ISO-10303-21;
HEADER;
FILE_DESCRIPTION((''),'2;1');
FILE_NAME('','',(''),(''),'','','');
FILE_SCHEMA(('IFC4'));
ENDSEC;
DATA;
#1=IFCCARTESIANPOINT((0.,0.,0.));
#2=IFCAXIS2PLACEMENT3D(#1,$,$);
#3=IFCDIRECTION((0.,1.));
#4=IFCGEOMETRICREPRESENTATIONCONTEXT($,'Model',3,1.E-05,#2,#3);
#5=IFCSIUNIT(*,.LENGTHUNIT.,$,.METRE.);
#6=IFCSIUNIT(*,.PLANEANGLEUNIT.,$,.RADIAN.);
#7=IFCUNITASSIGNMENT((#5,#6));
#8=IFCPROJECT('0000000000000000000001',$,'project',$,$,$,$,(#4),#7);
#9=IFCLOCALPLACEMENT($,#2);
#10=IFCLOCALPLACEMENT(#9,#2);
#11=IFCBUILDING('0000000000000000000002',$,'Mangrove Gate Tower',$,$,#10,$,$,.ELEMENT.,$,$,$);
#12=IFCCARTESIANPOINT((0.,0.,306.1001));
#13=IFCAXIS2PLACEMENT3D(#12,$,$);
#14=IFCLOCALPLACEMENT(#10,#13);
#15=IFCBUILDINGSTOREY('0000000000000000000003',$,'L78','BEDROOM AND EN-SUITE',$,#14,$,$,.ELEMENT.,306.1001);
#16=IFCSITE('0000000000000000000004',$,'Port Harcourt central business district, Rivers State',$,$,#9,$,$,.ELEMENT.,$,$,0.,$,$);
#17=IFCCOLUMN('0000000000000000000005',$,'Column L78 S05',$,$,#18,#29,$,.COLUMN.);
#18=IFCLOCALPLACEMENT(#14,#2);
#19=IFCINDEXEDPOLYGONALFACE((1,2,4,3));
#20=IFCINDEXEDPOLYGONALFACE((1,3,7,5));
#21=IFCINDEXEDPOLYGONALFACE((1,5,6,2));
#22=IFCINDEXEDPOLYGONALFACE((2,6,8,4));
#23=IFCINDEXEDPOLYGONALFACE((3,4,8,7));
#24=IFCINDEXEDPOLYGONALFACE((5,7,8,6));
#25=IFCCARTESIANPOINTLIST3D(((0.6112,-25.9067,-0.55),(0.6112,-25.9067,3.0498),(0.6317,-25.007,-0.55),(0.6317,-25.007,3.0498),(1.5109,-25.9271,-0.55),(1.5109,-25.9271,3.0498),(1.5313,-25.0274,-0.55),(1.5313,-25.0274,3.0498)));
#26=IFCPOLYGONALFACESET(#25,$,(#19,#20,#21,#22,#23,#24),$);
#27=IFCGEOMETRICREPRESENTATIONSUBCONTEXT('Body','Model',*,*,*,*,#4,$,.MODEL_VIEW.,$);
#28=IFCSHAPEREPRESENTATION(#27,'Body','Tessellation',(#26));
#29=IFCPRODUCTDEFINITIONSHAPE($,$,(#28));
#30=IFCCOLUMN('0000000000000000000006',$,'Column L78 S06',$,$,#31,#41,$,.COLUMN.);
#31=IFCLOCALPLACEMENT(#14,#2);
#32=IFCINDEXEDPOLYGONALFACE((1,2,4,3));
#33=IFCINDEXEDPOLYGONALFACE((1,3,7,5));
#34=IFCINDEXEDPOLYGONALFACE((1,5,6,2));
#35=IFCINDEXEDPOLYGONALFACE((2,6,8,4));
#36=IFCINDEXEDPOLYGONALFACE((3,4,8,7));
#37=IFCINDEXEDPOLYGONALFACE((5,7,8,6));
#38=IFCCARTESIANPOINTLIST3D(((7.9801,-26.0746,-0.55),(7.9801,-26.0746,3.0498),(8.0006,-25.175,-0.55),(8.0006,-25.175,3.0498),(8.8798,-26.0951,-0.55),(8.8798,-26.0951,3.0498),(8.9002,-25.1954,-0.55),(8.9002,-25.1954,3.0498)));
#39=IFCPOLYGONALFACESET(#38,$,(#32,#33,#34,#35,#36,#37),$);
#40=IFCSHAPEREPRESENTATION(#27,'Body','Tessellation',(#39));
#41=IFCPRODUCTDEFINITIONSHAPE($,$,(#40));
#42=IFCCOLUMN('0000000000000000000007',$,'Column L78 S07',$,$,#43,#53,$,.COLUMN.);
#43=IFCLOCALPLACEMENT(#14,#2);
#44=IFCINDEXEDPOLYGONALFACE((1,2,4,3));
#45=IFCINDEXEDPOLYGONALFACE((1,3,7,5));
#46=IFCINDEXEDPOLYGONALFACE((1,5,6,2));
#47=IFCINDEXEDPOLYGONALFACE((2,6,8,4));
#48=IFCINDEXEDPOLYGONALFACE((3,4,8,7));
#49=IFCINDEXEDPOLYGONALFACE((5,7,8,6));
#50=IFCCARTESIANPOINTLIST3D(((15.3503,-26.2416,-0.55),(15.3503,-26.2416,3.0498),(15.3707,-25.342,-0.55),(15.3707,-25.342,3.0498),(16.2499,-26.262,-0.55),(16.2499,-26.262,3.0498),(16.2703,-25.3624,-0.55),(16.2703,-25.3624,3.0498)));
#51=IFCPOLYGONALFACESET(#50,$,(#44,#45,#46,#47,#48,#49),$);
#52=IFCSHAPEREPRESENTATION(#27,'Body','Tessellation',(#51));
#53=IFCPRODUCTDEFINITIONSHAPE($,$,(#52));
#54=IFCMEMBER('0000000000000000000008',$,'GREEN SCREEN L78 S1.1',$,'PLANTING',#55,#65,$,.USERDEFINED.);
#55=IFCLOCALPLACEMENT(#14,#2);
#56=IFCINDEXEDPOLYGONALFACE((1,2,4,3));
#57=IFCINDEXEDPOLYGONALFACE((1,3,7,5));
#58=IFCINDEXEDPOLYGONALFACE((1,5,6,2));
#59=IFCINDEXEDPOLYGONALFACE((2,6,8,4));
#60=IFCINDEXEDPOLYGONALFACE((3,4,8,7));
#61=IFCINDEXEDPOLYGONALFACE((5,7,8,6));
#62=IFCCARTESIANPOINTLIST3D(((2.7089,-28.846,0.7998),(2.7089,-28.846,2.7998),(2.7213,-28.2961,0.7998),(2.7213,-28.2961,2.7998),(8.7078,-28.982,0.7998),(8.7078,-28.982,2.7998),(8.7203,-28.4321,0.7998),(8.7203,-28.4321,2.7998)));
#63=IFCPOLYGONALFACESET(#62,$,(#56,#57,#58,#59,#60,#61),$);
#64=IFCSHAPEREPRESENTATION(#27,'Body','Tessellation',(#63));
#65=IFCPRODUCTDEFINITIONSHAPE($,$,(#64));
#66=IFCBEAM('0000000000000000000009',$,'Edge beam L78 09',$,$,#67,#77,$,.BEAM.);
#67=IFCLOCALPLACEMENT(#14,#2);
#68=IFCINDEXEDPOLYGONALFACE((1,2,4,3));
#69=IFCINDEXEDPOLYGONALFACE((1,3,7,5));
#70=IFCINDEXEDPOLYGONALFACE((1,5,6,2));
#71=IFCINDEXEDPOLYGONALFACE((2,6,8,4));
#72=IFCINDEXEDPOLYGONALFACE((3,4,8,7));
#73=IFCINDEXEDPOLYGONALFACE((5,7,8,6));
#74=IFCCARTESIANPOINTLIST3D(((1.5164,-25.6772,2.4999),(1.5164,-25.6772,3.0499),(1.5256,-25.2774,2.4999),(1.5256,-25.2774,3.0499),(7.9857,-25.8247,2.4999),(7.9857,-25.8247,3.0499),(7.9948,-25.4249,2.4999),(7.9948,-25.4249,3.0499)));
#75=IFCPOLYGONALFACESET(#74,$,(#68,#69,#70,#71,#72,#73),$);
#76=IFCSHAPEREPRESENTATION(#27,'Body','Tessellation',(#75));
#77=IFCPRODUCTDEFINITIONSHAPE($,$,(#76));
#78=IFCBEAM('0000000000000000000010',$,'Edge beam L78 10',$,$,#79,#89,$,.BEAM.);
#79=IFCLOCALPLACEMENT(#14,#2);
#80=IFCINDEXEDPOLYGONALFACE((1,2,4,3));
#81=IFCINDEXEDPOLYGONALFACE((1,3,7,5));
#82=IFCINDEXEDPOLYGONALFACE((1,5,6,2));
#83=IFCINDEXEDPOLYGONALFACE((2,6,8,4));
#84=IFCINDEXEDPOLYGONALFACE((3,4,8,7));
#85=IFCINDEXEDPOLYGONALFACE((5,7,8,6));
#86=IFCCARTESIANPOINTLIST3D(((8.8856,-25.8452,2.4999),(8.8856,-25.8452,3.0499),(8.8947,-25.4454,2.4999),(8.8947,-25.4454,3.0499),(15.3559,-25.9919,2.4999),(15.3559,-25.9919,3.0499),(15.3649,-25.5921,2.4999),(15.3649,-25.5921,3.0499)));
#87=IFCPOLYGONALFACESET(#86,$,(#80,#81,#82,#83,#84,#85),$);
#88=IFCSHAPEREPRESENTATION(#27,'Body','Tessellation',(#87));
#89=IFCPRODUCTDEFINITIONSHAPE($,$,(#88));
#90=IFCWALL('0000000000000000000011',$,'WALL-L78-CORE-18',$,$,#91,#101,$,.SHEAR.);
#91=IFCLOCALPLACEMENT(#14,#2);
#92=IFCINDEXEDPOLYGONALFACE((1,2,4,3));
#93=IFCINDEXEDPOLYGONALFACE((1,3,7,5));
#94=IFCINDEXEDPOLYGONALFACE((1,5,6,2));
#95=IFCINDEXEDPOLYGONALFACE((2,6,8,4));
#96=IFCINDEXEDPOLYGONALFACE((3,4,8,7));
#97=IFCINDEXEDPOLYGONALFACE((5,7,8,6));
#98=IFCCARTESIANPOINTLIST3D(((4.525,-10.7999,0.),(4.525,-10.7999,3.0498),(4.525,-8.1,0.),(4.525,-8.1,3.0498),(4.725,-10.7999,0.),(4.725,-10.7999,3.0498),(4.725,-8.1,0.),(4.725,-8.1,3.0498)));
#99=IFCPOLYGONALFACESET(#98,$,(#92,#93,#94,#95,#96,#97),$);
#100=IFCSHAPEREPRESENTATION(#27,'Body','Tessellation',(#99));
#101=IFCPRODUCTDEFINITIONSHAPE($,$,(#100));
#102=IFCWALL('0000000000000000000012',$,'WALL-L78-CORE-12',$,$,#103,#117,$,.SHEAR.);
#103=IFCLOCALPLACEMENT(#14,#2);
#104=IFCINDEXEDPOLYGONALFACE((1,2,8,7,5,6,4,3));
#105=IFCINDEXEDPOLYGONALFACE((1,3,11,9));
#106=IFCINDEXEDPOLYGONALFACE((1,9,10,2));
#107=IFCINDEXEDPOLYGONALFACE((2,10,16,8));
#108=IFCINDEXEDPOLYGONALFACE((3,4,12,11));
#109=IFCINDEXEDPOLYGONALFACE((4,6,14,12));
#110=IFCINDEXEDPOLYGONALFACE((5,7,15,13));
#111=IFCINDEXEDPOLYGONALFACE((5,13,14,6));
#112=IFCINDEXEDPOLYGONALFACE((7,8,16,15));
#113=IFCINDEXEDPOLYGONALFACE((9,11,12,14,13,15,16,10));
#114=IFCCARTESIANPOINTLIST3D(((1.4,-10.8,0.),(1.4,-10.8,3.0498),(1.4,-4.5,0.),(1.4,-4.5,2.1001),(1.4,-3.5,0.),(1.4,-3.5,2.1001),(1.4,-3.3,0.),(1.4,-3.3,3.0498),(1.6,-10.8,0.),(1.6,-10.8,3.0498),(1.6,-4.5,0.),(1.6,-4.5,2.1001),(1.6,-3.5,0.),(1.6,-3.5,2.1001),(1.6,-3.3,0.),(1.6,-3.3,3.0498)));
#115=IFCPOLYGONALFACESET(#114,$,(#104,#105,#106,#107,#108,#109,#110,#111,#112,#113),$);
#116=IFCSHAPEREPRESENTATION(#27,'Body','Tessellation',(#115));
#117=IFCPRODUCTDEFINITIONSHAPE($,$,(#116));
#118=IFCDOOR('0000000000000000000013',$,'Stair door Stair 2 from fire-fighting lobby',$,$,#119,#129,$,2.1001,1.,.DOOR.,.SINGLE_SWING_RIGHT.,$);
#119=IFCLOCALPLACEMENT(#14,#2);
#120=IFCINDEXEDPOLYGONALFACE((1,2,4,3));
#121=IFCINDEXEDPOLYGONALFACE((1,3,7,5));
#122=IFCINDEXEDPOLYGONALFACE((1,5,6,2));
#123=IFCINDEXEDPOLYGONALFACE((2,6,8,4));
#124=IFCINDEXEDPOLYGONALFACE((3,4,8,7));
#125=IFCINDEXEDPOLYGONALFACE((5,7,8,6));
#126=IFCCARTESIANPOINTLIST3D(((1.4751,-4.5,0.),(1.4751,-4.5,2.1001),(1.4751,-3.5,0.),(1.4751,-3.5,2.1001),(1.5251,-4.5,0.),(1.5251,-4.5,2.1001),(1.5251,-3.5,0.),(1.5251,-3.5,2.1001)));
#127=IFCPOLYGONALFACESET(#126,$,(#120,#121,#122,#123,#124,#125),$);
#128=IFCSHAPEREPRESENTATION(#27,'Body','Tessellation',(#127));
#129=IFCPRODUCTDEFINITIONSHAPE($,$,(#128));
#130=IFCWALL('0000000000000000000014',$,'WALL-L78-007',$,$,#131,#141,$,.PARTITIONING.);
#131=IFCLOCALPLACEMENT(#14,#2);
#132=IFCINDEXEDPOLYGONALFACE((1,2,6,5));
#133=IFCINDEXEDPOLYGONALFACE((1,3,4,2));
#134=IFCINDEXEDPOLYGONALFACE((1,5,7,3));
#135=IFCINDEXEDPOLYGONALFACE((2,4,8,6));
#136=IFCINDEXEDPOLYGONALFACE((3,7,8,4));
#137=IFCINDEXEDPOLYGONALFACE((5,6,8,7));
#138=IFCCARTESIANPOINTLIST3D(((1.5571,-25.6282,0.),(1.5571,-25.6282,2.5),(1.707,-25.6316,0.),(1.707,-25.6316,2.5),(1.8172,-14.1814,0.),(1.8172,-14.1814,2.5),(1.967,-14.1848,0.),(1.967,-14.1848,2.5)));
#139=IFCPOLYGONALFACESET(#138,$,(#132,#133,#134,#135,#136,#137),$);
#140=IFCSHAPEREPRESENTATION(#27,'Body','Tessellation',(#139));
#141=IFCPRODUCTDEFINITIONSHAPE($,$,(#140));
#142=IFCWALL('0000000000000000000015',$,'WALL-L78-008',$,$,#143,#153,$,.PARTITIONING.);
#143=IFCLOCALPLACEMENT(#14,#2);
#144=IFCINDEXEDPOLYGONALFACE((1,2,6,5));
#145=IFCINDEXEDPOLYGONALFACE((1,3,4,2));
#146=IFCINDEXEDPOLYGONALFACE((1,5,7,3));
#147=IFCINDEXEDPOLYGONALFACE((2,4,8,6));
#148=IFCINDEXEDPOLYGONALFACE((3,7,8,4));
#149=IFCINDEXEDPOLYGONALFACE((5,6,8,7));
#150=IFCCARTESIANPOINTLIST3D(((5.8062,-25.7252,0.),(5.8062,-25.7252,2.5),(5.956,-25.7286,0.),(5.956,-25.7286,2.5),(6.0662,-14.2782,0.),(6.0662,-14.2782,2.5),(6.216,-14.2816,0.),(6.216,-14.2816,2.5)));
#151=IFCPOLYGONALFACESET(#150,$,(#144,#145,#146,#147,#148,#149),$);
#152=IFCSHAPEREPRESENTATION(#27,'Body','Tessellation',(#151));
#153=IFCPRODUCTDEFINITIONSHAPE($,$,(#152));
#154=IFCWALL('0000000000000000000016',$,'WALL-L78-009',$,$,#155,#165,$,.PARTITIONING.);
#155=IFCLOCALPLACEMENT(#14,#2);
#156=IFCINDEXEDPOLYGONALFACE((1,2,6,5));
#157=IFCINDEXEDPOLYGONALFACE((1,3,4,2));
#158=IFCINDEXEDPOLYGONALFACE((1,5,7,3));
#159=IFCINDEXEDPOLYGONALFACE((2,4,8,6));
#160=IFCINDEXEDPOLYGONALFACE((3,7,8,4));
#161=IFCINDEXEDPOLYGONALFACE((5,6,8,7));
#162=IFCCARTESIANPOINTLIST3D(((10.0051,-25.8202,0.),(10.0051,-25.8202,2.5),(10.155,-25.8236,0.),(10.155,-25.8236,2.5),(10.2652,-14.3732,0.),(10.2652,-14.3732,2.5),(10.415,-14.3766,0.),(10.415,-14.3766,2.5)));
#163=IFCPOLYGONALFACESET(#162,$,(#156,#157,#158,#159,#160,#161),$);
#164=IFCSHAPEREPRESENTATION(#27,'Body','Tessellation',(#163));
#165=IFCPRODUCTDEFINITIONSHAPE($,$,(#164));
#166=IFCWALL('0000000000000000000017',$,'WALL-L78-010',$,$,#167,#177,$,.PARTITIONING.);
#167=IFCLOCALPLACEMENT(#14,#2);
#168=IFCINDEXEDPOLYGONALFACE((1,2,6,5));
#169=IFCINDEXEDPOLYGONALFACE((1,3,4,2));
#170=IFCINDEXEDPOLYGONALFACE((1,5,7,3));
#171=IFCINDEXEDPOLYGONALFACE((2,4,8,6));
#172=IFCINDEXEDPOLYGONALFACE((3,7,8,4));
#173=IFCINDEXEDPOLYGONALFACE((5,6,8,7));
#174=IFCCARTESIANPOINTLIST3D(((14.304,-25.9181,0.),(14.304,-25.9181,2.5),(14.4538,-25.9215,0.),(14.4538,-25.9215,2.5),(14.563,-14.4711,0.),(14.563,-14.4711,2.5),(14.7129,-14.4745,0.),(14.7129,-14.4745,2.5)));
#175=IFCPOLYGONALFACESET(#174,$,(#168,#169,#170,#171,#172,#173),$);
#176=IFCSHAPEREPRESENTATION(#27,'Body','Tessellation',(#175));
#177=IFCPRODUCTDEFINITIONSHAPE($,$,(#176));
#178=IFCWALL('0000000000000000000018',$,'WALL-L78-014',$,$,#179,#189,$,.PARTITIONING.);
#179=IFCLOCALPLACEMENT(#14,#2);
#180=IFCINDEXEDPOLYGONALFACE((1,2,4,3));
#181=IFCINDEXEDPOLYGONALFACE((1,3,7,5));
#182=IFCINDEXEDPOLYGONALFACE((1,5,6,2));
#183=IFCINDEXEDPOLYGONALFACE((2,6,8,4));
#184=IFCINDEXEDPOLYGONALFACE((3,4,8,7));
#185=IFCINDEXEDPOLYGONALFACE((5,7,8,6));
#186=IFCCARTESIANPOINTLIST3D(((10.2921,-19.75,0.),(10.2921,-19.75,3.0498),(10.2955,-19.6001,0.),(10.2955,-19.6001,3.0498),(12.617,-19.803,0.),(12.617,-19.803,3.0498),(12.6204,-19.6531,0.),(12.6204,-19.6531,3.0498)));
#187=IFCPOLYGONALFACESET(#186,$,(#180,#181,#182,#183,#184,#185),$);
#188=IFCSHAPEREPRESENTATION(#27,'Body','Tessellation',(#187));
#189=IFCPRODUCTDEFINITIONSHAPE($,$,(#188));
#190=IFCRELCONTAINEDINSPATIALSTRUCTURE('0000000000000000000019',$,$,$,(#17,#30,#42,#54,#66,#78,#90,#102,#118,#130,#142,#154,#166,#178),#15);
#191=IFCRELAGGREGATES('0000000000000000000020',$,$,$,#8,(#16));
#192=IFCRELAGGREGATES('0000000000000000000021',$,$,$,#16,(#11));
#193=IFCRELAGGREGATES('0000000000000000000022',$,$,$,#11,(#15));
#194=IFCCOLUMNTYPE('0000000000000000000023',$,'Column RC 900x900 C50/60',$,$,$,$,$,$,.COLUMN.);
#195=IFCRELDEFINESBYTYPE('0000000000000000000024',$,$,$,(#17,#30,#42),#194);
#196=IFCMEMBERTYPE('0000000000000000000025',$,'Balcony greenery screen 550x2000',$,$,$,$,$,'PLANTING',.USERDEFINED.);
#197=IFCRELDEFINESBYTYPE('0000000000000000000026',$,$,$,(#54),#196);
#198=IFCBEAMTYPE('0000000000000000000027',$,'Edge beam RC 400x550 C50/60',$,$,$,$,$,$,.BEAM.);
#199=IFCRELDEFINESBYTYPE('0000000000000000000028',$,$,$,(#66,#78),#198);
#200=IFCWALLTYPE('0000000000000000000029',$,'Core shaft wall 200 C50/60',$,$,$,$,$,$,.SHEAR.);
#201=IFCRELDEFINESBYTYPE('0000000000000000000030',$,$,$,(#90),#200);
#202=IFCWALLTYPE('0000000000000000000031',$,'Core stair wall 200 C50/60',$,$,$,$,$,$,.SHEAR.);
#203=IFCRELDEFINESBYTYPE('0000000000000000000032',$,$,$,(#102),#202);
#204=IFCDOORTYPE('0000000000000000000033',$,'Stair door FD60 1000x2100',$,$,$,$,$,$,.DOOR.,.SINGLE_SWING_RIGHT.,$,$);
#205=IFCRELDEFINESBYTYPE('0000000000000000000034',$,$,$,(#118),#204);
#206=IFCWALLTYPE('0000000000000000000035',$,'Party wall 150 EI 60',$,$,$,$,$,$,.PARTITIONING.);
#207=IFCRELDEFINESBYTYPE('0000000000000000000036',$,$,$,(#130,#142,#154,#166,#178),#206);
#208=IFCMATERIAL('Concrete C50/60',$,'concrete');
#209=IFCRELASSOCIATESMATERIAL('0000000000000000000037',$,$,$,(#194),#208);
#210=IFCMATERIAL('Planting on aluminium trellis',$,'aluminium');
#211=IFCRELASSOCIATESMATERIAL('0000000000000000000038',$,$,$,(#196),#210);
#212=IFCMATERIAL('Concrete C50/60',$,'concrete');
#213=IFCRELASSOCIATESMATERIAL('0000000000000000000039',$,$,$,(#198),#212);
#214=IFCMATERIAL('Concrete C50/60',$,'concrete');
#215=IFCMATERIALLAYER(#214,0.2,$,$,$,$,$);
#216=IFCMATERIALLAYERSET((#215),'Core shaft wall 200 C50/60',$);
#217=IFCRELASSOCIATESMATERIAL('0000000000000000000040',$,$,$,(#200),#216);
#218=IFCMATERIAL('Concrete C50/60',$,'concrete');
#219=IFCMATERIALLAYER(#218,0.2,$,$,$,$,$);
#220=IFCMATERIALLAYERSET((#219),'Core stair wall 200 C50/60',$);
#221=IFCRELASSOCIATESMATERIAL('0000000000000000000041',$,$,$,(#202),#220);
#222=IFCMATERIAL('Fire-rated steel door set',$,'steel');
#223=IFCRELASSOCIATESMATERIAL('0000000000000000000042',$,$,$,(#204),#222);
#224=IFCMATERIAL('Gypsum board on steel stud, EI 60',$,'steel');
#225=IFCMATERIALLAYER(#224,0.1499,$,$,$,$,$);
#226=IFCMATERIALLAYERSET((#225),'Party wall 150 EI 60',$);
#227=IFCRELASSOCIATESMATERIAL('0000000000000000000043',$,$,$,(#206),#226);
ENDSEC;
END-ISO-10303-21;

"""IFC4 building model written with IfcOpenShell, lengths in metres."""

from ifc_helpers import new_model, si_unit, direction, frame, frame_2d, origin, origin_2d, place, context, subcontext, project, spatial, rectangle, extrude, material, layer, layer_set, material_profile, profile_set, type_object, element, fill, save


model = new_model("IFC4")

# Units and contexts
model_context = context("Model", 3, precision=1e-05, world=origin(), true_north=direction((0.0, 1.0)))
body_context = subcontext(model_context, "Body", "Model", "MODEL_VIEW")
ifc_project = project(units=[si_unit("LENGTHUNIT", "METRE"), si_unit("PLANEANGLEUNIT", "RADIAN")], contexts=[model_context])

# Site, building, storey
site_placement = place(None, origin())
site = spatial("IfcSite", under=ifc_project, at=site_placement, Name="Port Harcourt central business district, Rivers State", CompositionType="ELEMENT", RefElevation=0.0)
building_placement = place(site_placement, origin())
building = spatial("IfcBuilding", under=site, at=building_placement, Name="Mangrove Gate Tower", CompositionType="ELEMENT")
storey_placement = place(building_placement, frame((0.0, 0.0, 306.1001)))
storey = spatial("IfcBuildingStorey", under=building, at=storey_placement, Name="L78", Description="BEDROOM AND EN-SUITE", CompositionType="ELEMENT", Elevation=306.1001)

# Columns
ifc_material_1 = material(Name="Concrete C50/60", Category="concrete")
ifc_material_profile_1 = material_profile(ifc_material_1, rectangle(XDim=0.8999, YDim=0.8999, at=origin_2d()))
ifc_profile_set_1 = profile_set([ifc_material_profile_1], Name="Concrete C50/60")
column_type = type_object("IfcColumnType", Name="Column RC 900x900 C50/60", PredefinedType="COLUMN", material=ifc_profile_set_1)
for number, where, z_axis, x_axis, name in (
    (1, (1.0713, -25.467, -0.55), (0.0, 0.0, 1.0), (0.999742, -0.022723, 0.0), "Column L78 S05"),
    (2, (8.4402, -25.635, -0.55), (0.0, 0.0, 1.0), (0.999742, -0.022723, 0.0), "Column L78 S06"),
    (3, (15.8103, -25.802, -0.55), (0.0, 0.0, 1.0), (0.999743, -0.022654, 0.0), "Column L78 S07"),
):
    element("IfcColumn", number, at=place(storey_placement, frame(where, z_axis=z_axis, x_axis=x_axis)), inside=storey, type_object=column_type, Name=name, PredefinedType="COLUMN", context=body_context, shape_type="SweptSolid", body=[
        extrude(rectangle(XDim=0.8999, YDim=0.8999, at=origin_2d()), origin(), (0.0, 0.0, 1.0), 3.5999),
    ])

# Member
ifc_material_2 = material(Name="Planting on aluminium trellis", Category="aluminium")
ifc_material_profile_2 = material_profile(ifc_material_2, rectangle(XDim=0.55, YDim=2.0, at=origin_2d()))
ifc_profile_set_2 = profile_set([ifc_material_profile_2], Name="Planting on aluminium trellis")
member_type = type_object("IfcMemberType", Name="Balcony greenery screen 550x2000", ElementType="PLANTING", PredefinedType="USERDEFINED", material=ifc_profile_set_2)
member_placement = place(storey_placement, frame((2.7151, -28.571, 1.7998), z_axis=(0.999743, -0.022662, 0.0), x_axis=(0.022662, 0.999743, 0.0)))
element("IfcMember", 4, at=member_placement, inside=storey, type_object=member_type, Name="GREEN SCREEN L78 S1.1", ObjectType="PLANTING", PredefinedType="USERDEFINED", context=body_context, shape_type="SweptSolid", body=[
    extrude(rectangle(XDim=0.55, YDim=2.0, at=origin_2d()), origin(), (0.0, 0.0, 1.0), 6.0005),
])

# Beams
ifc_material_3 = material(Name="Concrete C50/60", Category="concrete")
ifc_material_profile_3 = material_profile(ifc_material_3, rectangle(XDim=0.3999, YDim=0.55, at=origin_2d()))
ifc_profile_set_3 = profile_set([ifc_material_profile_3], Name="Concrete C50/60")
beam_type = type_object("IfcBeamType", Name="Edge beam RC 400x550 C50/60", PredefinedType="BEAM", material=ifc_profile_set_3)
beam_1_placement = place(storey_placement, frame((1.521, -25.4773, 2.7749), z_axis=(0.99974, -0.022788, 0.0), x_axis=(0.022788, 0.99974, 0.0)))
element("IfcBeam", 5, at=beam_1_placement, inside=storey, type_object=beam_type, Name="Edge beam L78 09", PredefinedType="BEAM", context=body_context, shape_type="SweptSolid", body=[
    extrude(rectangle(XDim=0.3999, YDim=0.55, at=origin_2d()), origin(), (0.0, 0.0, 1.0), 6.4709),
])
beam_2_placement = place(storey_placement, frame((8.8901, -25.6453, 2.7749), z_axis=(0.999743, -0.022672, 0.0), x_axis=(0.022672, 0.999743, 0.0)))
element("IfcBeam", 6, at=beam_2_placement, inside=storey, type_object=beam_type, Name="Edge beam L78 10", PredefinedType="BEAM", context=body_context, shape_type="SweptSolid", body=[
    extrude(rectangle(XDim=0.3999, YDim=0.55, at=origin_2d()), origin(), (0.0, 0.0, 1.0), 6.4719),
])

# Wall
ifc_material_4 = material(Name="Concrete C50/60", Category="concrete")
ifc_layer_1 = layer(ifc_material_4, 0.2)
ifc_layer_set_1 = layer_set([ifc_layer_1], Name="Core shaft wall 200 C50/60")
wall_type_1 = type_object("IfcWallType", Name="Core shaft wall 200 C50/60", PredefinedType="SHEAR", material=ifc_layer_set_1)
wall_1_placement = place(storey_placement, frame((4.625, -10.8, 0.0), z_axis=(0.0, 0.0, 1.0), x_axis=(0.0, 1.0, 0.0)))
element("IfcWall", 7, at=wall_1_placement, inside=storey, type_object=wall_type_1, Name="WALL-L78-CORE-18", PredefinedType="SHEAR", context=body_context, shape_type="SweptSolid", body=[
    extrude(rectangle(XDim=2.7, YDim=0.2, at=frame_2d((1.3501, 0.0))), origin(), (0.0, 0.0, 1.0), 3.0498),
])

# Wall, opening, door
ifc_material_5 = material(Name="Concrete C50/60", Category="concrete")
ifc_layer_2 = layer(ifc_material_5, 0.2)
ifc_layer_set_2 = layer_set([ifc_layer_2], Name="Core stair wall 200 C50/60")
wall_type_2 = type_object("IfcWallType", Name="Core stair wall 200 C50/60", PredefinedType="SHEAR", material=ifc_layer_set_2)
wall_2_placement = place(storey_placement, frame((1.5, -10.8, 0.0), z_axis=(0.0, 0.0, 1.0), x_axis=(0.0, 1.0, 0.0)))
wall_2 = element("IfcWall", 8, at=wall_2_placement, inside=storey, type_object=wall_type_2, Name="WALL-L78-CORE-12", PredefinedType="SHEAR", context=body_context, shape_type="SweptSolid", body=[
    extrude(rectangle(XDim=7.5, YDim=0.2, at=frame_2d((3.75, 0.0))), origin(), (0.0, 0.0, 1.0), 3.0498),
])
opening_1_placement = place(wall_2_placement, frame((6.3, 0.0, 0.0)))
opening_1 = element("IfcOpeningElement", 9, at=opening_1_placement, cuts=wall_2, PredefinedType="OPENING", context=body_context, shape_type="SweptSolid", body=[
    extrude(rectangle(XDim=1.0, YDim=2.1001, at=frame_2d((0.5, 1.05))), frame((0.0, 0.1099, 0.0), z_axis=(0.0, -1.0, 0.0), x_axis=(1.0, 0.0, 0.0)), (0.0, 0.0, 1.0), 0.22),
])
ifc_material_6 = material(Name="Fire-rated steel door set", Category="steel")
door_type_1 = type_object("IfcDoorType", Name="Stair door FD60 1000x2100", OperationType="SINGLE_SWING_RIGHT", PredefinedType="DOOR", material=ifc_material_6)
door_1_placement = place(opening_1_placement, origin())
door_1 = element("IfcDoor", 10, at=door_1_placement, inside=storey, type_object=door_type_1, Name="Stair door Stair 2 from fire-fighting lobby", OperationType="SINGLE_SWING_RIGHT", OverallHeight=2.1001, OverallWidth=1.0, PredefinedType="DOOR", context=body_context, shape_type="SweptSolid", body=[
    extrude(rectangle(XDim=1.0, YDim=2.1001, at=frame_2d((0.5, 1.05))), frame((0.0, 0.0249, 0.0), z_axis=(0.0, -1.0, 0.0), x_axis=(1.0, 0.0, 0.0)), (0.0, 0.0, 1.0), 0.05),
])
fill(opening_1, door_1)

# Walls
ifc_material_7 = material(Name="Gypsum board on steel stud, EI 60", Category="steel")
ifc_layer_3 = layer(ifc_material_7, 0.1499)
ifc_layer_set_3 = layer_set([ifc_layer_3], Name="Party wall 150 EI 60")
wall_type_3 = type_object("IfcWallType", Name="Party wall 150 EI 60", PredefinedType="PARTITIONING", material=ifc_layer_set_3)
wall_3_placement = place(storey_placement, frame((1.6321, -25.6299, 0.0), z_axis=(0.0, 0.0, 1.0), x_axis=(0.022709, 0.999742, 0.0)))
element("IfcWall", 11, at=wall_3_placement, inside=storey, type_object=wall_type_3, Name="WALL-L78-007", PredefinedType="PARTITIONING", context=body_context, shape_type="SweptSolid", body=[
    extrude(rectangle(XDim=11.4497, YDim=0.1499, at=frame_2d((5.7249, 0.0))), origin(), (0.0, 0.0, 1.0), 2.5),
])
for number, where, z_axis, x_axis, name in (
    (12, (5.8811, -25.7271, 0.0), (0.0, 0.0, 1.0), (0.022708, 0.999742, 0.0), "WALL-L78-008"),
    (13, (10.0801, -25.822, 0.0), (0.0, 0.0, 1.0), (0.022708, 0.999742, 0.0), "WALL-L78-009"),
    (14, (14.3789, -25.9199, 0.0), (0.0, 0.0, 1.0), (0.022623, 0.999744, 0.0), "WALL-L78-010"),
):
    element("IfcWall", number, at=place(storey_placement, frame(where, z_axis=z_axis, x_axis=x_axis)), inside=storey, type_object=wall_type_3, Name=name, PredefinedType="PARTITIONING", context=body_context, shape_type="SweptSolid", body=[
        extrude(rectangle(XDim=11.45, YDim=0.1499, at=frame_2d((5.7251, 0.0))), origin(), (0.0, 0.0, 1.0), 2.5),
    ])
wall_4_placement = place(storey_placement, frame((10.2939, -19.675, 0.0), z_axis=(0.0, 0.0, 1.0), x_axis=(0.99974, -0.022781, 0.0)))
element("IfcWall", 15, at=wall_4_placement, inside=storey, type_object=wall_type_3, Name="WALL-L78-014", PredefinedType="PARTITIONING", context=body_context, shape_type="SweptSolid", body=[
    extrude(rectangle(XDim=2.3254, YDim=0.1499, at=frame_2d((1.1626, 0.0))), origin(), (0.0, 0.0, 1.0), 3.0498),
])

save(model, "model.ifc")
